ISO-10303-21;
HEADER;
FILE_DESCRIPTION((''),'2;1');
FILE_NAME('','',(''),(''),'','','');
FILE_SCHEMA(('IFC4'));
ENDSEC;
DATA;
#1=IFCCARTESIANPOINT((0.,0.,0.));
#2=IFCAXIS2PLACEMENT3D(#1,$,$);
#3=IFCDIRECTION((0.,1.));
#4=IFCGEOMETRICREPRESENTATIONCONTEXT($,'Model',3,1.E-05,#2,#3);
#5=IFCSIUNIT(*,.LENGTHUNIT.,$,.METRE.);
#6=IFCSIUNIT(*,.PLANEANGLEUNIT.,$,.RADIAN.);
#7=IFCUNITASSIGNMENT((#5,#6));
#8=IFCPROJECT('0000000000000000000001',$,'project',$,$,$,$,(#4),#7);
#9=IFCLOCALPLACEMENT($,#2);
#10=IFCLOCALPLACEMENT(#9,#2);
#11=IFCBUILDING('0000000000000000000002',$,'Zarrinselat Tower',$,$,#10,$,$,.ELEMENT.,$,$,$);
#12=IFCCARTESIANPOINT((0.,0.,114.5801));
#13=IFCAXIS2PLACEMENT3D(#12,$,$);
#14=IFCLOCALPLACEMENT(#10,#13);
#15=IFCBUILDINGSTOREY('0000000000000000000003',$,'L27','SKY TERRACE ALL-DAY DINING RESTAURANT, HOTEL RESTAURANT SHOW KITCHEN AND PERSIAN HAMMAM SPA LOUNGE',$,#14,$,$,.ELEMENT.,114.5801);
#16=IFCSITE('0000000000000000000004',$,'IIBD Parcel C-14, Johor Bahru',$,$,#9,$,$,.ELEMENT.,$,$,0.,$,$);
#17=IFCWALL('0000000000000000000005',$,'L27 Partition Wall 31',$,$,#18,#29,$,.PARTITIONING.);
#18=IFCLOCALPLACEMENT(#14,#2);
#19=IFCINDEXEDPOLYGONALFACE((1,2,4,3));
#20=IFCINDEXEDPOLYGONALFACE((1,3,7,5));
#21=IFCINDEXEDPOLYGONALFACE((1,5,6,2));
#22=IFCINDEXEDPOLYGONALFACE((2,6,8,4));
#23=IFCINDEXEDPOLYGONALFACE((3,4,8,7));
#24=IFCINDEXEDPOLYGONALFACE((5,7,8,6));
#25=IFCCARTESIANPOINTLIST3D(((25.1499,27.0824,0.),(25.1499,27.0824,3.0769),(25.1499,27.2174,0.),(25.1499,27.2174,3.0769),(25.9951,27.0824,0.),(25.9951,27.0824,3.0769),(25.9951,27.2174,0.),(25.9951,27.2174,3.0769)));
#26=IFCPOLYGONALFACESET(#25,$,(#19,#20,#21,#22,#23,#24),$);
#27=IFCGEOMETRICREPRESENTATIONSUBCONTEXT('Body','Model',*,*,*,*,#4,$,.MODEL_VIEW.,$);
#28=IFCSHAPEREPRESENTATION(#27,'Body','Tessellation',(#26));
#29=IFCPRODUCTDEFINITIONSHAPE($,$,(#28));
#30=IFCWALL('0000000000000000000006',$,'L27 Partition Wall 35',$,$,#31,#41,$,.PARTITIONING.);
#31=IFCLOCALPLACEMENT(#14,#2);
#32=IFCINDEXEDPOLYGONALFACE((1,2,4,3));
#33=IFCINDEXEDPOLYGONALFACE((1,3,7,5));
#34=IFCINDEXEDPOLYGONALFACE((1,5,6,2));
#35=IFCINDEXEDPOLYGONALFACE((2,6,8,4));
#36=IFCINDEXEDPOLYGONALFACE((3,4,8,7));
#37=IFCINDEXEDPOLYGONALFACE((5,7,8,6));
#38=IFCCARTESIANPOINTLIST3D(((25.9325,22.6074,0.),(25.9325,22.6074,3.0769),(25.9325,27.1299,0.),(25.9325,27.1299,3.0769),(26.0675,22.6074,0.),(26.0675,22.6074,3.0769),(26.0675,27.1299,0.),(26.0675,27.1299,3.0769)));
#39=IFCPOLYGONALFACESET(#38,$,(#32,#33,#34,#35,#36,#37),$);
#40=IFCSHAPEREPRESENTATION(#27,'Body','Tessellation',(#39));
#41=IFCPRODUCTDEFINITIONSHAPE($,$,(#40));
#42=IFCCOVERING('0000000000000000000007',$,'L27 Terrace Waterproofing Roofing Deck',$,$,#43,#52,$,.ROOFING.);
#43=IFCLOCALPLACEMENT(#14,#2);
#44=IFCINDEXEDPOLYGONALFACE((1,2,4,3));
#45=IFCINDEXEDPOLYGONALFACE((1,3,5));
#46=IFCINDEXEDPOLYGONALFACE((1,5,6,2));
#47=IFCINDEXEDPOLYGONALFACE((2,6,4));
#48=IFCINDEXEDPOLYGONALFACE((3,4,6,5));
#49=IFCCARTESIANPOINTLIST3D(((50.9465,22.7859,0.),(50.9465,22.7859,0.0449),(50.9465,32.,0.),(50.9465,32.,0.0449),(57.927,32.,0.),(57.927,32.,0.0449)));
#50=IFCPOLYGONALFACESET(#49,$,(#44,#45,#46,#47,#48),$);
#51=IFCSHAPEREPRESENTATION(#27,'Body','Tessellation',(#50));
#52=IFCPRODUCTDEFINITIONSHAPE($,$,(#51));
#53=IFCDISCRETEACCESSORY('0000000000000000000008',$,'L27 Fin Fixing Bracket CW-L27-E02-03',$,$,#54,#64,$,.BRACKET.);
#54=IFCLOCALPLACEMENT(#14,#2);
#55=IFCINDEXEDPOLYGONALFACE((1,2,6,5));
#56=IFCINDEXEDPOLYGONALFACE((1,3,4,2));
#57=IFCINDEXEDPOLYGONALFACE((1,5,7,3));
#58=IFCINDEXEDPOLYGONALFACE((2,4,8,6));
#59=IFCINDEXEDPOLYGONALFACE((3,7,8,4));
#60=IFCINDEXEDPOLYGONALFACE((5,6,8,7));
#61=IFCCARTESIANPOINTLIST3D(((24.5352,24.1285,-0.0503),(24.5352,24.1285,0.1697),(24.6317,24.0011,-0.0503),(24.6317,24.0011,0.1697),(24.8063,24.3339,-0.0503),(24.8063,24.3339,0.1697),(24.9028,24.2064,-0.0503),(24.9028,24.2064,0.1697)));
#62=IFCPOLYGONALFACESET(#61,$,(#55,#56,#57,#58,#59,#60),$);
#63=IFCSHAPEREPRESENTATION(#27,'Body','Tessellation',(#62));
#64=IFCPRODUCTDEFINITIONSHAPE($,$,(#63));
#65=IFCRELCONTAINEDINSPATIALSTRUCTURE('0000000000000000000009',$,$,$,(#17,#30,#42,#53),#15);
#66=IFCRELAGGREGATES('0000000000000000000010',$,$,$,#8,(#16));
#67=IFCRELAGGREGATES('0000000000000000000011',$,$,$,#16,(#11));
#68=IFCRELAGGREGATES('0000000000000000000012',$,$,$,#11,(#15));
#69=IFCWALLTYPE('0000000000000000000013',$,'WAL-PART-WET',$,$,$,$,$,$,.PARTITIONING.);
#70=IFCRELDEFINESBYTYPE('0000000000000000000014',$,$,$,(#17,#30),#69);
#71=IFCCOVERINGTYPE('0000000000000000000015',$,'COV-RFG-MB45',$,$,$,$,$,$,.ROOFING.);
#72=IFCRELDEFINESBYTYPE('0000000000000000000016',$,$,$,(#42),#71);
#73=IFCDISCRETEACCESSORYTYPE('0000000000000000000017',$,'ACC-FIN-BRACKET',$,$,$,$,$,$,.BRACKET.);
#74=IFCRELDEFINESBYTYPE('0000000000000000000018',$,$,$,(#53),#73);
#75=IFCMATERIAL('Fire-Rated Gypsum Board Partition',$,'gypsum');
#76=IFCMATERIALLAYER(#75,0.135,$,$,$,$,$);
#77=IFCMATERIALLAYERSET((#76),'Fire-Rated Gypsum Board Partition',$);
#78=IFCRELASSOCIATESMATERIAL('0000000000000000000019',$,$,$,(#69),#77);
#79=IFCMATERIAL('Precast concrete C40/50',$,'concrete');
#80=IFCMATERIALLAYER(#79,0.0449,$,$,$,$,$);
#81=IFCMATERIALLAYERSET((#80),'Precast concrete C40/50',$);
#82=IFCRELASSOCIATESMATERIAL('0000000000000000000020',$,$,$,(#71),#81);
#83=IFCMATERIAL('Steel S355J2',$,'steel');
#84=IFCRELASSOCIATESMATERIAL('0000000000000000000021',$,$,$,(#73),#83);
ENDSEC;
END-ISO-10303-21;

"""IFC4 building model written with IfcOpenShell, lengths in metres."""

from ifc_helpers import new_model, si_unit, direction, frame, frame_2d, origin, origin_2d, place, context, subcontext, project, spatial, polyline, rectangle, outline, extrude, material, layer, layer_set, type_object, element, save


model = new_model("IFC4")

# Units and contexts
model_context = context("Model", 3, precision=1e-05, world=origin(), true_north=direction((0.0, 1.0)))
body_context = subcontext(model_context, "Body", "Model", "MODEL_VIEW")
ifc_project = project(units=[si_unit("LENGTHUNIT", "METRE"), si_unit("PLANEANGLEUNIT", "RADIAN")], contexts=[model_context])

# Site, building, storey
site_placement = place(None, origin())
site = spatial("IfcSite", under=ifc_project, at=site_placement, Name="IIBD Parcel C-14, Johor Bahru", CompositionType="ELEMENT", RefElevation=0.0)
building_placement = place(site_placement, origin())
building = spatial("IfcBuilding", under=site, at=building_placement, Name="Zarrinselat Tower", CompositionType="ELEMENT")
storey_placement = place(building_placement, frame((0.0, 0.0, 114.5801)))
storey = spatial("IfcBuildingStorey", under=building, at=storey_placement, Name="L27", Description="SKY TERRACE ALL-DAY DINING RESTAURANT, HOTEL RESTAURANT SHOW KITCHEN AND PERSIAN HAMMAM SPA LOUNGE", CompositionType="ELEMENT", Elevation=114.5801)

# Walls
ifc_material_1 = material(Name="Fire-Rated Gypsum Board Partition", Category="gypsum")
ifc_layer_1 = layer(ifc_material_1, 0.135)
ifc_layer_set_1 = layer_set([ifc_layer_1], Name="Fire-Rated Gypsum Board Partition")
wall_type = type_object("IfcWallType", Name="WAL-PART-WET", PredefinedType="PARTITIONING", material=ifc_layer_set_1)
wall_1_placement = place(storey_placement, frame((25.1499, 27.1499, 0.0), z_axis=(0.0, 0.0, 1.0), x_axis=(1.0, 0.0, 0.0)))
element("IfcWall", 1, at=wall_1_placement, inside=storey, type_object=wall_type, Name="L27 Partition Wall 31", PredefinedType="PARTITIONING", context=body_context, shape_type="SweptSolid", body=[
    extrude(rectangle(XDim=0.8452, YDim=0.135, at=frame_2d((0.4226, 0.0))), origin(), (0.0, 0.0, 1.0), 3.0769),
])
wall_2_placement = place(storey_placement, frame((26.0, 22.6074, 0.0), z_axis=(0.0, 0.0, 1.0), x_axis=(0.0, 1.0, 0.0)))
element("IfcWall", 2, at=wall_2_placement, inside=storey, type_object=wall_type, Name="L27 Partition Wall 35", PredefinedType="PARTITIONING", context=body_context, shape_type="SweptSolid", body=[
    extrude(rectangle(XDim=4.5225, YDim=0.135, at=frame_2d((2.2612, 0.0))), origin(), (0.0, 0.0, 1.0), 3.0769),
])

# Covering
ifc_material_2 = material(Name="Precast concrete C40/50", Category="concrete")
ifc_layer_2 = layer(ifc_material_2, 0.0449)
ifc_layer_set_2 = layer_set([ifc_layer_2], Name="Precast concrete C40/50")
covering_type = type_object("IfcCoveringType", Name="COV-RFG-MB45", PredefinedType="ROOFING", material=ifc_layer_set_2)
covering_placement = place(storey_placement, origin())
element("IfcCovering", 3, at=covering_placement, inside=storey, type_object=covering_type, Name="L27 Terrace Waterproofing Roofing Deck", PredefinedType="ROOFING", context=body_context, shape_type="SweptSolid", body=[
    extrude(outline(polyline([(50.9465, 22.7859), (50.9465, 32.0), (57.927, 32.0), (50.9465, 22.7859)])), origin(), (0.0, 0.0, 1.0), 0.0449),
])

# Discrete accessory
ifc_material_3 = material(Name="Steel S355J2", Category="steel")
discrete_accessory_type = type_object("IfcDiscreteAccessoryType", Name="ACC-FIN-BRACKET", PredefinedType="BRACKET", material=ifc_material_3)
discrete_accessory_placement = place(storey_placement, frame((24.719, 24.1675, -0.0503), z_axis=(0.0, 0.0, 1.0), x_axis=(-0.797092, -0.603858, 0.0)))
element("IfcDiscreteAccessory", 4, at=discrete_accessory_placement, inside=storey, type_object=discrete_accessory_type, Name="L27 Fin Fixing Bracket CW-L27-E02-03", PredefinedType="BRACKET", context=body_context, shape_type="SweptSolid", body=[
    extrude(rectangle(XDim=0.3401, YDim=0.1599, at=origin_2d()), origin(), (0.0, 0.0, 1.0), 0.22),
])

save(model, "model.ifc")
